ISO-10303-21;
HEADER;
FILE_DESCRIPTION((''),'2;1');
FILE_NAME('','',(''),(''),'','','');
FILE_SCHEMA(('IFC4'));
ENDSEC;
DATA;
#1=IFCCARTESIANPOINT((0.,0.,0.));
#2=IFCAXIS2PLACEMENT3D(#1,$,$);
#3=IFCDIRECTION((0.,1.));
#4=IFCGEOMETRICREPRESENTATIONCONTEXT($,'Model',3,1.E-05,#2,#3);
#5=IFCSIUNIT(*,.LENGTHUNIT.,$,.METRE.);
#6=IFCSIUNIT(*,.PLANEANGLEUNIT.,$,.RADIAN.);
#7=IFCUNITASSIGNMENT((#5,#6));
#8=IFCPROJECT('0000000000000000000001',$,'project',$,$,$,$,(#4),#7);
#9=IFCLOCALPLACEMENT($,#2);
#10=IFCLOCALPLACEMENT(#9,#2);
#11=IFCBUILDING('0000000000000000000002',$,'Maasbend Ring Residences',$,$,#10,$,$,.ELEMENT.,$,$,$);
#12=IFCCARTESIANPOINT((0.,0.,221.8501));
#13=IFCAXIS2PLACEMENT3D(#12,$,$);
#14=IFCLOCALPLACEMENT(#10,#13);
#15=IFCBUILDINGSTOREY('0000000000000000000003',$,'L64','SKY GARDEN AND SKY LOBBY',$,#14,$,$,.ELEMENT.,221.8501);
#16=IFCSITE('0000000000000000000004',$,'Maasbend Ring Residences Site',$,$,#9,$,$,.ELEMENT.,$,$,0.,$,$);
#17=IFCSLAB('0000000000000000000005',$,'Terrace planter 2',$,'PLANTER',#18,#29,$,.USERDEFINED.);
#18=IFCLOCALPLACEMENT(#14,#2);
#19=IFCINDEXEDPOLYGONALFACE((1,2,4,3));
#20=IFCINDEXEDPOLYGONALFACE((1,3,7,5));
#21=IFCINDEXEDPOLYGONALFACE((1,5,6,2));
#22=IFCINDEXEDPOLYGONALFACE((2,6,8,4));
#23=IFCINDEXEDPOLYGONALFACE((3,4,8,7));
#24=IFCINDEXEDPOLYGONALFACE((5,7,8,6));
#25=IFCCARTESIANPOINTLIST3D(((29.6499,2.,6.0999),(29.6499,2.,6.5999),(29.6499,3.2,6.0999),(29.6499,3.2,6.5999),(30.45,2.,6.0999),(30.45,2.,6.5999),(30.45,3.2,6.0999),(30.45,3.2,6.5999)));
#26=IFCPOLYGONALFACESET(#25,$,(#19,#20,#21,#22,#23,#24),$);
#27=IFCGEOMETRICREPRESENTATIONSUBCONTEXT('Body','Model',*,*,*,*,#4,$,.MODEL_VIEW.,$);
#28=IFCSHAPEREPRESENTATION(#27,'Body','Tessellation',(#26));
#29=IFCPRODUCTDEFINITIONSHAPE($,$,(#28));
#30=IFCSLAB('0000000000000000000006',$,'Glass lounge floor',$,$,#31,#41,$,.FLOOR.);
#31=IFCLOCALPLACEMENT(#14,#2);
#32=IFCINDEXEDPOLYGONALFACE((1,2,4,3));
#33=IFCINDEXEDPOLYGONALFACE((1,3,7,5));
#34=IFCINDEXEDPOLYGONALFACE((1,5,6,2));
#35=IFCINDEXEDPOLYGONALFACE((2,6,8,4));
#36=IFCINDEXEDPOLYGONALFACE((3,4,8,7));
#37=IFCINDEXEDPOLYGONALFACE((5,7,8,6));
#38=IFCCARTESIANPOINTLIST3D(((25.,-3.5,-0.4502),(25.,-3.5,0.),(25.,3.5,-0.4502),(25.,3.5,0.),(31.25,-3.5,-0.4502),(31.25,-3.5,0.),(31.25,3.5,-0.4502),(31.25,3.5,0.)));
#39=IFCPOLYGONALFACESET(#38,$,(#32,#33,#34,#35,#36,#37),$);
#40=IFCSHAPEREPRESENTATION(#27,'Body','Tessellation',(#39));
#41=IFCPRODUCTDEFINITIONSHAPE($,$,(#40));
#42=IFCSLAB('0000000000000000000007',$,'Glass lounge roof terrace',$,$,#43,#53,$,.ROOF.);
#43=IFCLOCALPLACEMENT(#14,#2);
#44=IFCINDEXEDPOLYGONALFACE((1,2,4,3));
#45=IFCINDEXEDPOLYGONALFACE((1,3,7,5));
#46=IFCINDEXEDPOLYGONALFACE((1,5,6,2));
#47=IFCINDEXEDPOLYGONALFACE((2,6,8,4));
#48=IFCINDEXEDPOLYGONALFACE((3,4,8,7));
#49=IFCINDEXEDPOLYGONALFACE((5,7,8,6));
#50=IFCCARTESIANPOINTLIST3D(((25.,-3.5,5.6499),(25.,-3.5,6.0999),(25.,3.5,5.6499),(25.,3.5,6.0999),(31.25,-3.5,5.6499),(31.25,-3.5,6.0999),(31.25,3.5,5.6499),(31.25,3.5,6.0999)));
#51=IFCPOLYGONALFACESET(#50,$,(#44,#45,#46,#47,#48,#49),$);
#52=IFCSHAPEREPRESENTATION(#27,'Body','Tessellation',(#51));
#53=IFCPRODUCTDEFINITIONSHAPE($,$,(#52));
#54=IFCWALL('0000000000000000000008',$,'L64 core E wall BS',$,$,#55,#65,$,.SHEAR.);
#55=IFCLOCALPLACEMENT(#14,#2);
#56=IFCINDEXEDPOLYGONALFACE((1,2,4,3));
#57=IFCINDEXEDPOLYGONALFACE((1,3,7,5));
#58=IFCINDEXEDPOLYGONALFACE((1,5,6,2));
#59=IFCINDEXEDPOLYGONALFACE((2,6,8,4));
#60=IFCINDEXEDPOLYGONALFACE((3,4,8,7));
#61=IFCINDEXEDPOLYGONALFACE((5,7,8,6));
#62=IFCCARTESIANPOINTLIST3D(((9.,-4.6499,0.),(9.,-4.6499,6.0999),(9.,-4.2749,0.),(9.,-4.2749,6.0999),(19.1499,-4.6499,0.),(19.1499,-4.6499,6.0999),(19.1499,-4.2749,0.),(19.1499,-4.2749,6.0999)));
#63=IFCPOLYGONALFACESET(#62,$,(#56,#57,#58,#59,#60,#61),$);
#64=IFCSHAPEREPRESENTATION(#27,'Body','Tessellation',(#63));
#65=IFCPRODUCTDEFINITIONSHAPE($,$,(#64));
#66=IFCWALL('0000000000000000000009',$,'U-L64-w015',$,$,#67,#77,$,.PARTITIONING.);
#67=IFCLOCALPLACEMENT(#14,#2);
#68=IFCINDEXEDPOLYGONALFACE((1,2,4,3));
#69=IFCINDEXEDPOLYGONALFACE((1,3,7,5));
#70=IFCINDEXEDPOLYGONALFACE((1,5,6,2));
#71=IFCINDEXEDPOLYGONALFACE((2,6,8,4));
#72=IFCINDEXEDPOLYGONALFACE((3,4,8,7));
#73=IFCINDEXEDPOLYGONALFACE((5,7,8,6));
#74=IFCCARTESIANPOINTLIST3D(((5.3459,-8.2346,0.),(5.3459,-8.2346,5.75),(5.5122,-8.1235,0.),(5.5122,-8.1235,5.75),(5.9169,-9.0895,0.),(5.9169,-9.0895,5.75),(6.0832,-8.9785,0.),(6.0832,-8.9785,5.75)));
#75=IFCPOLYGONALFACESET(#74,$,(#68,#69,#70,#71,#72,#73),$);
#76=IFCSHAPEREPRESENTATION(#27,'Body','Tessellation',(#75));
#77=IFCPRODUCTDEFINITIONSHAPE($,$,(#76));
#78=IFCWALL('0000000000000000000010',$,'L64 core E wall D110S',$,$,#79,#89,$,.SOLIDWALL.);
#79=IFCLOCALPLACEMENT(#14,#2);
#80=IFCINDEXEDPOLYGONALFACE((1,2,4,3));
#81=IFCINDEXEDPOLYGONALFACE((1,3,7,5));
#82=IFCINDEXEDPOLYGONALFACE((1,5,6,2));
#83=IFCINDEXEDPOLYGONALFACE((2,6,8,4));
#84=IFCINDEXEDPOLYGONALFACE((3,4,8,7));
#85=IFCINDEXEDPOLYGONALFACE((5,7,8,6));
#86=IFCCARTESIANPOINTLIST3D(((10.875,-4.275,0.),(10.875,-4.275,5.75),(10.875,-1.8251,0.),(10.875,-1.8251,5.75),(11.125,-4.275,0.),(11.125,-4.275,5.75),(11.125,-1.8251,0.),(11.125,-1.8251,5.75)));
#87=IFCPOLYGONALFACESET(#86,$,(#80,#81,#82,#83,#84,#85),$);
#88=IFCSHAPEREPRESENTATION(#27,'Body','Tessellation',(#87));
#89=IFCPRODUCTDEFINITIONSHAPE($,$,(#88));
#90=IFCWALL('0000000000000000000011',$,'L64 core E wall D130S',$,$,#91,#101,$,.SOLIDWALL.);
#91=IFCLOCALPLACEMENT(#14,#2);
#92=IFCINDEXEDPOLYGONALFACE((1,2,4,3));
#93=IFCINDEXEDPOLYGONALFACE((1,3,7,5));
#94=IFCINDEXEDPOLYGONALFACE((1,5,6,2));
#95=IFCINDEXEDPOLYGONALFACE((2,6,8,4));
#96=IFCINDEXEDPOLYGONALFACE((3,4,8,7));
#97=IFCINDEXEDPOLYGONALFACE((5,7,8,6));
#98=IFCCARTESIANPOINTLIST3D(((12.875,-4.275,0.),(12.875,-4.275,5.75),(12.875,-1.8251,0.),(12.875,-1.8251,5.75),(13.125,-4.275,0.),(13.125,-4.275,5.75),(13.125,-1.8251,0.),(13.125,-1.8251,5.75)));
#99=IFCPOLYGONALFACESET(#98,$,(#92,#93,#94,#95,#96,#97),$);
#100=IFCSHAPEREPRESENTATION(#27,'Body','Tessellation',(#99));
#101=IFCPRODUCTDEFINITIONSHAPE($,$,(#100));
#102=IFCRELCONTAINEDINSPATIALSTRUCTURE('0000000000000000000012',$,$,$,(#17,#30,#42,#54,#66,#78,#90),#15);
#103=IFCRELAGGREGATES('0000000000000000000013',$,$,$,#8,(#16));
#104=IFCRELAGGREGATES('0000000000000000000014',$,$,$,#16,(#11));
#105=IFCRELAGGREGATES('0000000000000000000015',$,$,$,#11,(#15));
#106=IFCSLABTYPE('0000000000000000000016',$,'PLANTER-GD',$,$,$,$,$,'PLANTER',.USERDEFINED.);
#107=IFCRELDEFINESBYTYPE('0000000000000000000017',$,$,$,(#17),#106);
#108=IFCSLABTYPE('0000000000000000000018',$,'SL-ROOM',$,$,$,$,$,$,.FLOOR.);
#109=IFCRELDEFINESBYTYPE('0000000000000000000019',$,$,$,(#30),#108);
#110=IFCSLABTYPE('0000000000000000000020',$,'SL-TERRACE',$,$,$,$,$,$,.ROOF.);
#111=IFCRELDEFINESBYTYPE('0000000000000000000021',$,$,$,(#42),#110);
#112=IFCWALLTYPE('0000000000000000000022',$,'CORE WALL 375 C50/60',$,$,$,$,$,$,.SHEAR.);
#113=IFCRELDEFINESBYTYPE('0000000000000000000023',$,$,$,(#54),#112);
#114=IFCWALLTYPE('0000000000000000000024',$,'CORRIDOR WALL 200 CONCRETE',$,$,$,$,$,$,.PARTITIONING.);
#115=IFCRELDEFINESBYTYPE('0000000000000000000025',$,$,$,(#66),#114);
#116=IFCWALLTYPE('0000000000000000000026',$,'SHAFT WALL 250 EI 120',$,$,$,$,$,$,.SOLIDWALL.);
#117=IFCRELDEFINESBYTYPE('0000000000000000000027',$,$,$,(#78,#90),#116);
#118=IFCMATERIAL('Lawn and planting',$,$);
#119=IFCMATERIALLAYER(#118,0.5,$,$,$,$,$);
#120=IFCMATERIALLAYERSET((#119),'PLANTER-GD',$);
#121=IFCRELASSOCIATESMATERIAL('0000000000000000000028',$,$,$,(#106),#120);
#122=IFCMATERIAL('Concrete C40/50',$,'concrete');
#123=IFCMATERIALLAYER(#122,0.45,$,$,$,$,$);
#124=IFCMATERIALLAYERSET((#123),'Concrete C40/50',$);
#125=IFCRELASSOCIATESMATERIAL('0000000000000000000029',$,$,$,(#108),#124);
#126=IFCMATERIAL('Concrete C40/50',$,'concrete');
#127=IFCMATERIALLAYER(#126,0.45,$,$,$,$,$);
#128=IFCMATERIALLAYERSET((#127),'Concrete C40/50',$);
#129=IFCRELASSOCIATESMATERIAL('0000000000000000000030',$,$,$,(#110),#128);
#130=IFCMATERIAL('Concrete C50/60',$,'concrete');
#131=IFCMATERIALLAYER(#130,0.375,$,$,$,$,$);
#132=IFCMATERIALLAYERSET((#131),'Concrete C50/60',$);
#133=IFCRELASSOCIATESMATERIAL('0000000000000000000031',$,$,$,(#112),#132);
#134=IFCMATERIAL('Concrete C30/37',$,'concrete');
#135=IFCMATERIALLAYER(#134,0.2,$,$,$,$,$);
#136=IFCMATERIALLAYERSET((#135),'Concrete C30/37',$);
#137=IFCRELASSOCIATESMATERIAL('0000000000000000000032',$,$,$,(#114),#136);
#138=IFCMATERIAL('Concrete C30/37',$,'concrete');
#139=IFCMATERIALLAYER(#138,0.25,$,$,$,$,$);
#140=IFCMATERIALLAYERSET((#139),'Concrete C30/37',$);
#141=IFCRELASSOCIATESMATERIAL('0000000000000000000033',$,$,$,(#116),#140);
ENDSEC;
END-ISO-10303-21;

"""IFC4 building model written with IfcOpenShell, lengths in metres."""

from ifc_helpers import new_model, si_unit, direction, frame, frame_2d, origin, place, context, subcontext, project, spatial, polyline, rectangle, outline, extrude, material, layer, layer_set, type_object, element, save


model = new_model("IFC4")

# Units and contexts
model_context = context("Model", 3, precision=1e-05, world=origin(), true_north=direction((0.0, 1.0)))
body_context = subcontext(model_context, "Body", "Model", "MODEL_VIEW")
ifc_project = project(units=[si_unit("LENGTHUNIT", "METRE"), si_unit("PLANEANGLEUNIT", "RADIAN")], contexts=[model_context])

# Site, building, storey
site_placement = place(None, origin())
site = spatial("IfcSite", under=ifc_project, at=site_placement, Name="Maasbend Ring Residences Site", CompositionType="ELEMENT", RefElevation=0.0)
building_placement = place(site_placement, origin())
building = spatial("IfcBuilding", under=site, at=building_placement, Name="Maasbend Ring Residences", CompositionType="ELEMENT")
storey_placement = place(building_placement, frame((0.0, 0.0, 221.8501)))
storey = spatial("IfcBuildingStorey", under=building, at=storey_placement, Name="L64", Description="SKY GARDEN AND SKY LOBBY", CompositionType="ELEMENT", Elevation=221.8501)

# Slabs
ifc_material_1 = material(Name="Lawn and planting")
ifc_layer_1 = layer(ifc_material_1, 0.5)
ifc_layer_set_1 = layer_set([ifc_layer_1], Name="PLANTER-GD")
slab_type_1 = type_object("IfcSlabType", Name="PLANTER-GD", ElementType="PLANTER", PredefinedType="USERDEFINED", material=ifc_layer_set_1)
slab_1_placement = place(storey_placement, frame((0.0, 0.0, 6.0999)))
element("IfcSlab", 1, at=slab_1_placement, inside=storey, type_object=slab_type_1, Name="Terrace planter 2", ObjectType="PLANTER", PredefinedType="USERDEFINED", context=body_context, shape_type="SweptSolid", body=[
    extrude(outline(polyline([(29.6499, 2.0), (30.45, 2.0), (30.45, 3.2), (29.6499, 3.2), (29.6499, 2.0)])), origin(), (0.0, 0.0, 1.0), 0.5),
])
ifc_material_2 = material(Name="Concrete C40/50", Category="concrete")
ifc_layer_2 = layer(ifc_material_2, 0.45)
ifc_layer_set_2 = layer_set([ifc_layer_2], Name="Concrete C40/50")
slab_type_2 = type_object("IfcSlabType", Name="SL-ROOM", PredefinedType="FLOOR", material=ifc_layer_set_2)
slab_2_placement = place(storey_placement, frame((0.0, 0.0, -0.4502)))
element("IfcSlab", 2, at=slab_2_placement, inside=storey, type_object=slab_type_2, Name="Glass lounge floor", PredefinedType="FLOOR", context=body_context, shape_type="SweptSolid", body=[
    extrude(outline(polyline([(25.0, -3.5), (31.25, -3.5), (31.25, 3.5), (25.0, 3.5), (25.0, -3.5)])), origin(), (0.0, 0.0, 1.0), 0.4502),
])
ifc_material_3 = material(Name="Concrete C40/50", Category="concrete")
ifc_layer_3 = layer(ifc_material_3, 0.45)
ifc_layer_set_3 = layer_set([ifc_layer_3], Name="Concrete C40/50")
slab_type_3 = type_object("IfcSlabType", Name="SL-TERRACE", PredefinedType="ROOF", material=ifc_layer_set_3)
slab_3_placement = place(storey_placement, frame((0.0, 0.0, 5.6499)))
element("IfcSlab", 3, at=slab_3_placement, inside=storey, type_object=slab_type_3, Name="Glass lounge roof terrace", PredefinedType="ROOF", context=body_context, shape_type="SweptSolid", body=[
    extrude(outline(polyline([(25.0, -3.5), (31.25, -3.5), (31.25, 3.5), (25.0, 3.5), (25.0, -3.5)])), origin(), (0.0, 0.0, 1.0), 0.45),
])

# Walls
ifc_material_4 = material(Name="Concrete C50/60", Category="concrete")
ifc_layer_4 = layer(ifc_material_4, 0.375)
ifc_layer_set_4 = layer_set([ifc_layer_4], Name="Concrete C50/60")
wall_type_1 = type_object("IfcWallType", Name="CORE WALL 375 C50/60", PredefinedType="SHEAR", material=ifc_layer_set_4)
wall_1_placement = place(storey_placement, frame((9.0, -4.4624, 0.0), z_axis=(0.0, 0.0, 1.0), x_axis=(1.0, 0.0, 0.0)))
element("IfcWall", 4, at=wall_1_placement, inside=storey, type_object=wall_type_1, Name="L64 core E wall BS", PredefinedType="SHEAR", context=body_context, shape_type="SweptSolid", body=[
    extrude(rectangle(XDim=10.1499, YDim=0.375, at=frame_2d((5.075, 0.0))), origin(), (0.0, 0.0, 1.0), 6.0999),
])
ifc_material_5 = material(Name="Concrete C30/37", Category="concrete")
ifc_layer_5 = layer(ifc_material_5, 0.2)
ifc_layer_set_5 = layer_set([ifc_layer_5], Name="Concrete C30/37")
wall_type_2 = type_object("IfcWallType", Name="CORRIDOR WALL 200 CONCRETE", PredefinedType="PARTITIONING", material=ifc_layer_set_5)
wall_2_placement = place(storey_placement, frame((5.429, -8.179, 0.0), z_axis=(0.0, 0.0, 1.0), x_axis=(0.555412, -0.831575, 0.0)))
element("IfcWall", 5, at=wall_2_placement, inside=storey, type_object=wall_type_2, Name="U-L64-w015", PredefinedType="PARTITIONING", context=body_context, shape_type="SweptSolid", body=[
    extrude(rectangle(XDim=1.0281, YDim=0.2, at=frame_2d((0.5142, 0.0))), origin(), (0.0, 0.0, 1.0), 5.75),
])
ifc_material_6 = material(Name="Concrete C30/37", Category="concrete")
ifc_layer_6 = layer(ifc_material_6, 0.25)
ifc_layer_set_6 = layer_set([ifc_layer_6], Name="Concrete C30/37")
wall_type_3 = type_object("IfcWallType", Name="SHAFT WALL 250 EI 120", PredefinedType="SOLIDWALL", material=ifc_layer_set_6)
for number, where, z_axis, x_axis, name in (
    (6, (11.0, -1.825, 0.0), (0.0, 0.0, 1.0), (0.0, -1.0, 0.0), "L64 core E wall D110S"),
    (7, (13.0, -1.825, 0.0), (0.0, 0.0, 1.0), (0.0, -1.0, 0.0), "L64 core E wall D130S"),
):
    element("IfcWall", number, at=place(storey_placement, frame(where, z_axis=z_axis, x_axis=x_axis)), inside=storey, type_object=wall_type_3, Name=name, PredefinedType="SOLIDWALL", context=body_context, shape_type="SweptSolid", body=[
        extrude(rectangle(XDim=2.45, YDim=0.25, at=frame_2d((1.2251, 0.0))), origin(), (0.0, 0.0, 1.0), 5.75),
    ])

save(model, "model.ifc")
